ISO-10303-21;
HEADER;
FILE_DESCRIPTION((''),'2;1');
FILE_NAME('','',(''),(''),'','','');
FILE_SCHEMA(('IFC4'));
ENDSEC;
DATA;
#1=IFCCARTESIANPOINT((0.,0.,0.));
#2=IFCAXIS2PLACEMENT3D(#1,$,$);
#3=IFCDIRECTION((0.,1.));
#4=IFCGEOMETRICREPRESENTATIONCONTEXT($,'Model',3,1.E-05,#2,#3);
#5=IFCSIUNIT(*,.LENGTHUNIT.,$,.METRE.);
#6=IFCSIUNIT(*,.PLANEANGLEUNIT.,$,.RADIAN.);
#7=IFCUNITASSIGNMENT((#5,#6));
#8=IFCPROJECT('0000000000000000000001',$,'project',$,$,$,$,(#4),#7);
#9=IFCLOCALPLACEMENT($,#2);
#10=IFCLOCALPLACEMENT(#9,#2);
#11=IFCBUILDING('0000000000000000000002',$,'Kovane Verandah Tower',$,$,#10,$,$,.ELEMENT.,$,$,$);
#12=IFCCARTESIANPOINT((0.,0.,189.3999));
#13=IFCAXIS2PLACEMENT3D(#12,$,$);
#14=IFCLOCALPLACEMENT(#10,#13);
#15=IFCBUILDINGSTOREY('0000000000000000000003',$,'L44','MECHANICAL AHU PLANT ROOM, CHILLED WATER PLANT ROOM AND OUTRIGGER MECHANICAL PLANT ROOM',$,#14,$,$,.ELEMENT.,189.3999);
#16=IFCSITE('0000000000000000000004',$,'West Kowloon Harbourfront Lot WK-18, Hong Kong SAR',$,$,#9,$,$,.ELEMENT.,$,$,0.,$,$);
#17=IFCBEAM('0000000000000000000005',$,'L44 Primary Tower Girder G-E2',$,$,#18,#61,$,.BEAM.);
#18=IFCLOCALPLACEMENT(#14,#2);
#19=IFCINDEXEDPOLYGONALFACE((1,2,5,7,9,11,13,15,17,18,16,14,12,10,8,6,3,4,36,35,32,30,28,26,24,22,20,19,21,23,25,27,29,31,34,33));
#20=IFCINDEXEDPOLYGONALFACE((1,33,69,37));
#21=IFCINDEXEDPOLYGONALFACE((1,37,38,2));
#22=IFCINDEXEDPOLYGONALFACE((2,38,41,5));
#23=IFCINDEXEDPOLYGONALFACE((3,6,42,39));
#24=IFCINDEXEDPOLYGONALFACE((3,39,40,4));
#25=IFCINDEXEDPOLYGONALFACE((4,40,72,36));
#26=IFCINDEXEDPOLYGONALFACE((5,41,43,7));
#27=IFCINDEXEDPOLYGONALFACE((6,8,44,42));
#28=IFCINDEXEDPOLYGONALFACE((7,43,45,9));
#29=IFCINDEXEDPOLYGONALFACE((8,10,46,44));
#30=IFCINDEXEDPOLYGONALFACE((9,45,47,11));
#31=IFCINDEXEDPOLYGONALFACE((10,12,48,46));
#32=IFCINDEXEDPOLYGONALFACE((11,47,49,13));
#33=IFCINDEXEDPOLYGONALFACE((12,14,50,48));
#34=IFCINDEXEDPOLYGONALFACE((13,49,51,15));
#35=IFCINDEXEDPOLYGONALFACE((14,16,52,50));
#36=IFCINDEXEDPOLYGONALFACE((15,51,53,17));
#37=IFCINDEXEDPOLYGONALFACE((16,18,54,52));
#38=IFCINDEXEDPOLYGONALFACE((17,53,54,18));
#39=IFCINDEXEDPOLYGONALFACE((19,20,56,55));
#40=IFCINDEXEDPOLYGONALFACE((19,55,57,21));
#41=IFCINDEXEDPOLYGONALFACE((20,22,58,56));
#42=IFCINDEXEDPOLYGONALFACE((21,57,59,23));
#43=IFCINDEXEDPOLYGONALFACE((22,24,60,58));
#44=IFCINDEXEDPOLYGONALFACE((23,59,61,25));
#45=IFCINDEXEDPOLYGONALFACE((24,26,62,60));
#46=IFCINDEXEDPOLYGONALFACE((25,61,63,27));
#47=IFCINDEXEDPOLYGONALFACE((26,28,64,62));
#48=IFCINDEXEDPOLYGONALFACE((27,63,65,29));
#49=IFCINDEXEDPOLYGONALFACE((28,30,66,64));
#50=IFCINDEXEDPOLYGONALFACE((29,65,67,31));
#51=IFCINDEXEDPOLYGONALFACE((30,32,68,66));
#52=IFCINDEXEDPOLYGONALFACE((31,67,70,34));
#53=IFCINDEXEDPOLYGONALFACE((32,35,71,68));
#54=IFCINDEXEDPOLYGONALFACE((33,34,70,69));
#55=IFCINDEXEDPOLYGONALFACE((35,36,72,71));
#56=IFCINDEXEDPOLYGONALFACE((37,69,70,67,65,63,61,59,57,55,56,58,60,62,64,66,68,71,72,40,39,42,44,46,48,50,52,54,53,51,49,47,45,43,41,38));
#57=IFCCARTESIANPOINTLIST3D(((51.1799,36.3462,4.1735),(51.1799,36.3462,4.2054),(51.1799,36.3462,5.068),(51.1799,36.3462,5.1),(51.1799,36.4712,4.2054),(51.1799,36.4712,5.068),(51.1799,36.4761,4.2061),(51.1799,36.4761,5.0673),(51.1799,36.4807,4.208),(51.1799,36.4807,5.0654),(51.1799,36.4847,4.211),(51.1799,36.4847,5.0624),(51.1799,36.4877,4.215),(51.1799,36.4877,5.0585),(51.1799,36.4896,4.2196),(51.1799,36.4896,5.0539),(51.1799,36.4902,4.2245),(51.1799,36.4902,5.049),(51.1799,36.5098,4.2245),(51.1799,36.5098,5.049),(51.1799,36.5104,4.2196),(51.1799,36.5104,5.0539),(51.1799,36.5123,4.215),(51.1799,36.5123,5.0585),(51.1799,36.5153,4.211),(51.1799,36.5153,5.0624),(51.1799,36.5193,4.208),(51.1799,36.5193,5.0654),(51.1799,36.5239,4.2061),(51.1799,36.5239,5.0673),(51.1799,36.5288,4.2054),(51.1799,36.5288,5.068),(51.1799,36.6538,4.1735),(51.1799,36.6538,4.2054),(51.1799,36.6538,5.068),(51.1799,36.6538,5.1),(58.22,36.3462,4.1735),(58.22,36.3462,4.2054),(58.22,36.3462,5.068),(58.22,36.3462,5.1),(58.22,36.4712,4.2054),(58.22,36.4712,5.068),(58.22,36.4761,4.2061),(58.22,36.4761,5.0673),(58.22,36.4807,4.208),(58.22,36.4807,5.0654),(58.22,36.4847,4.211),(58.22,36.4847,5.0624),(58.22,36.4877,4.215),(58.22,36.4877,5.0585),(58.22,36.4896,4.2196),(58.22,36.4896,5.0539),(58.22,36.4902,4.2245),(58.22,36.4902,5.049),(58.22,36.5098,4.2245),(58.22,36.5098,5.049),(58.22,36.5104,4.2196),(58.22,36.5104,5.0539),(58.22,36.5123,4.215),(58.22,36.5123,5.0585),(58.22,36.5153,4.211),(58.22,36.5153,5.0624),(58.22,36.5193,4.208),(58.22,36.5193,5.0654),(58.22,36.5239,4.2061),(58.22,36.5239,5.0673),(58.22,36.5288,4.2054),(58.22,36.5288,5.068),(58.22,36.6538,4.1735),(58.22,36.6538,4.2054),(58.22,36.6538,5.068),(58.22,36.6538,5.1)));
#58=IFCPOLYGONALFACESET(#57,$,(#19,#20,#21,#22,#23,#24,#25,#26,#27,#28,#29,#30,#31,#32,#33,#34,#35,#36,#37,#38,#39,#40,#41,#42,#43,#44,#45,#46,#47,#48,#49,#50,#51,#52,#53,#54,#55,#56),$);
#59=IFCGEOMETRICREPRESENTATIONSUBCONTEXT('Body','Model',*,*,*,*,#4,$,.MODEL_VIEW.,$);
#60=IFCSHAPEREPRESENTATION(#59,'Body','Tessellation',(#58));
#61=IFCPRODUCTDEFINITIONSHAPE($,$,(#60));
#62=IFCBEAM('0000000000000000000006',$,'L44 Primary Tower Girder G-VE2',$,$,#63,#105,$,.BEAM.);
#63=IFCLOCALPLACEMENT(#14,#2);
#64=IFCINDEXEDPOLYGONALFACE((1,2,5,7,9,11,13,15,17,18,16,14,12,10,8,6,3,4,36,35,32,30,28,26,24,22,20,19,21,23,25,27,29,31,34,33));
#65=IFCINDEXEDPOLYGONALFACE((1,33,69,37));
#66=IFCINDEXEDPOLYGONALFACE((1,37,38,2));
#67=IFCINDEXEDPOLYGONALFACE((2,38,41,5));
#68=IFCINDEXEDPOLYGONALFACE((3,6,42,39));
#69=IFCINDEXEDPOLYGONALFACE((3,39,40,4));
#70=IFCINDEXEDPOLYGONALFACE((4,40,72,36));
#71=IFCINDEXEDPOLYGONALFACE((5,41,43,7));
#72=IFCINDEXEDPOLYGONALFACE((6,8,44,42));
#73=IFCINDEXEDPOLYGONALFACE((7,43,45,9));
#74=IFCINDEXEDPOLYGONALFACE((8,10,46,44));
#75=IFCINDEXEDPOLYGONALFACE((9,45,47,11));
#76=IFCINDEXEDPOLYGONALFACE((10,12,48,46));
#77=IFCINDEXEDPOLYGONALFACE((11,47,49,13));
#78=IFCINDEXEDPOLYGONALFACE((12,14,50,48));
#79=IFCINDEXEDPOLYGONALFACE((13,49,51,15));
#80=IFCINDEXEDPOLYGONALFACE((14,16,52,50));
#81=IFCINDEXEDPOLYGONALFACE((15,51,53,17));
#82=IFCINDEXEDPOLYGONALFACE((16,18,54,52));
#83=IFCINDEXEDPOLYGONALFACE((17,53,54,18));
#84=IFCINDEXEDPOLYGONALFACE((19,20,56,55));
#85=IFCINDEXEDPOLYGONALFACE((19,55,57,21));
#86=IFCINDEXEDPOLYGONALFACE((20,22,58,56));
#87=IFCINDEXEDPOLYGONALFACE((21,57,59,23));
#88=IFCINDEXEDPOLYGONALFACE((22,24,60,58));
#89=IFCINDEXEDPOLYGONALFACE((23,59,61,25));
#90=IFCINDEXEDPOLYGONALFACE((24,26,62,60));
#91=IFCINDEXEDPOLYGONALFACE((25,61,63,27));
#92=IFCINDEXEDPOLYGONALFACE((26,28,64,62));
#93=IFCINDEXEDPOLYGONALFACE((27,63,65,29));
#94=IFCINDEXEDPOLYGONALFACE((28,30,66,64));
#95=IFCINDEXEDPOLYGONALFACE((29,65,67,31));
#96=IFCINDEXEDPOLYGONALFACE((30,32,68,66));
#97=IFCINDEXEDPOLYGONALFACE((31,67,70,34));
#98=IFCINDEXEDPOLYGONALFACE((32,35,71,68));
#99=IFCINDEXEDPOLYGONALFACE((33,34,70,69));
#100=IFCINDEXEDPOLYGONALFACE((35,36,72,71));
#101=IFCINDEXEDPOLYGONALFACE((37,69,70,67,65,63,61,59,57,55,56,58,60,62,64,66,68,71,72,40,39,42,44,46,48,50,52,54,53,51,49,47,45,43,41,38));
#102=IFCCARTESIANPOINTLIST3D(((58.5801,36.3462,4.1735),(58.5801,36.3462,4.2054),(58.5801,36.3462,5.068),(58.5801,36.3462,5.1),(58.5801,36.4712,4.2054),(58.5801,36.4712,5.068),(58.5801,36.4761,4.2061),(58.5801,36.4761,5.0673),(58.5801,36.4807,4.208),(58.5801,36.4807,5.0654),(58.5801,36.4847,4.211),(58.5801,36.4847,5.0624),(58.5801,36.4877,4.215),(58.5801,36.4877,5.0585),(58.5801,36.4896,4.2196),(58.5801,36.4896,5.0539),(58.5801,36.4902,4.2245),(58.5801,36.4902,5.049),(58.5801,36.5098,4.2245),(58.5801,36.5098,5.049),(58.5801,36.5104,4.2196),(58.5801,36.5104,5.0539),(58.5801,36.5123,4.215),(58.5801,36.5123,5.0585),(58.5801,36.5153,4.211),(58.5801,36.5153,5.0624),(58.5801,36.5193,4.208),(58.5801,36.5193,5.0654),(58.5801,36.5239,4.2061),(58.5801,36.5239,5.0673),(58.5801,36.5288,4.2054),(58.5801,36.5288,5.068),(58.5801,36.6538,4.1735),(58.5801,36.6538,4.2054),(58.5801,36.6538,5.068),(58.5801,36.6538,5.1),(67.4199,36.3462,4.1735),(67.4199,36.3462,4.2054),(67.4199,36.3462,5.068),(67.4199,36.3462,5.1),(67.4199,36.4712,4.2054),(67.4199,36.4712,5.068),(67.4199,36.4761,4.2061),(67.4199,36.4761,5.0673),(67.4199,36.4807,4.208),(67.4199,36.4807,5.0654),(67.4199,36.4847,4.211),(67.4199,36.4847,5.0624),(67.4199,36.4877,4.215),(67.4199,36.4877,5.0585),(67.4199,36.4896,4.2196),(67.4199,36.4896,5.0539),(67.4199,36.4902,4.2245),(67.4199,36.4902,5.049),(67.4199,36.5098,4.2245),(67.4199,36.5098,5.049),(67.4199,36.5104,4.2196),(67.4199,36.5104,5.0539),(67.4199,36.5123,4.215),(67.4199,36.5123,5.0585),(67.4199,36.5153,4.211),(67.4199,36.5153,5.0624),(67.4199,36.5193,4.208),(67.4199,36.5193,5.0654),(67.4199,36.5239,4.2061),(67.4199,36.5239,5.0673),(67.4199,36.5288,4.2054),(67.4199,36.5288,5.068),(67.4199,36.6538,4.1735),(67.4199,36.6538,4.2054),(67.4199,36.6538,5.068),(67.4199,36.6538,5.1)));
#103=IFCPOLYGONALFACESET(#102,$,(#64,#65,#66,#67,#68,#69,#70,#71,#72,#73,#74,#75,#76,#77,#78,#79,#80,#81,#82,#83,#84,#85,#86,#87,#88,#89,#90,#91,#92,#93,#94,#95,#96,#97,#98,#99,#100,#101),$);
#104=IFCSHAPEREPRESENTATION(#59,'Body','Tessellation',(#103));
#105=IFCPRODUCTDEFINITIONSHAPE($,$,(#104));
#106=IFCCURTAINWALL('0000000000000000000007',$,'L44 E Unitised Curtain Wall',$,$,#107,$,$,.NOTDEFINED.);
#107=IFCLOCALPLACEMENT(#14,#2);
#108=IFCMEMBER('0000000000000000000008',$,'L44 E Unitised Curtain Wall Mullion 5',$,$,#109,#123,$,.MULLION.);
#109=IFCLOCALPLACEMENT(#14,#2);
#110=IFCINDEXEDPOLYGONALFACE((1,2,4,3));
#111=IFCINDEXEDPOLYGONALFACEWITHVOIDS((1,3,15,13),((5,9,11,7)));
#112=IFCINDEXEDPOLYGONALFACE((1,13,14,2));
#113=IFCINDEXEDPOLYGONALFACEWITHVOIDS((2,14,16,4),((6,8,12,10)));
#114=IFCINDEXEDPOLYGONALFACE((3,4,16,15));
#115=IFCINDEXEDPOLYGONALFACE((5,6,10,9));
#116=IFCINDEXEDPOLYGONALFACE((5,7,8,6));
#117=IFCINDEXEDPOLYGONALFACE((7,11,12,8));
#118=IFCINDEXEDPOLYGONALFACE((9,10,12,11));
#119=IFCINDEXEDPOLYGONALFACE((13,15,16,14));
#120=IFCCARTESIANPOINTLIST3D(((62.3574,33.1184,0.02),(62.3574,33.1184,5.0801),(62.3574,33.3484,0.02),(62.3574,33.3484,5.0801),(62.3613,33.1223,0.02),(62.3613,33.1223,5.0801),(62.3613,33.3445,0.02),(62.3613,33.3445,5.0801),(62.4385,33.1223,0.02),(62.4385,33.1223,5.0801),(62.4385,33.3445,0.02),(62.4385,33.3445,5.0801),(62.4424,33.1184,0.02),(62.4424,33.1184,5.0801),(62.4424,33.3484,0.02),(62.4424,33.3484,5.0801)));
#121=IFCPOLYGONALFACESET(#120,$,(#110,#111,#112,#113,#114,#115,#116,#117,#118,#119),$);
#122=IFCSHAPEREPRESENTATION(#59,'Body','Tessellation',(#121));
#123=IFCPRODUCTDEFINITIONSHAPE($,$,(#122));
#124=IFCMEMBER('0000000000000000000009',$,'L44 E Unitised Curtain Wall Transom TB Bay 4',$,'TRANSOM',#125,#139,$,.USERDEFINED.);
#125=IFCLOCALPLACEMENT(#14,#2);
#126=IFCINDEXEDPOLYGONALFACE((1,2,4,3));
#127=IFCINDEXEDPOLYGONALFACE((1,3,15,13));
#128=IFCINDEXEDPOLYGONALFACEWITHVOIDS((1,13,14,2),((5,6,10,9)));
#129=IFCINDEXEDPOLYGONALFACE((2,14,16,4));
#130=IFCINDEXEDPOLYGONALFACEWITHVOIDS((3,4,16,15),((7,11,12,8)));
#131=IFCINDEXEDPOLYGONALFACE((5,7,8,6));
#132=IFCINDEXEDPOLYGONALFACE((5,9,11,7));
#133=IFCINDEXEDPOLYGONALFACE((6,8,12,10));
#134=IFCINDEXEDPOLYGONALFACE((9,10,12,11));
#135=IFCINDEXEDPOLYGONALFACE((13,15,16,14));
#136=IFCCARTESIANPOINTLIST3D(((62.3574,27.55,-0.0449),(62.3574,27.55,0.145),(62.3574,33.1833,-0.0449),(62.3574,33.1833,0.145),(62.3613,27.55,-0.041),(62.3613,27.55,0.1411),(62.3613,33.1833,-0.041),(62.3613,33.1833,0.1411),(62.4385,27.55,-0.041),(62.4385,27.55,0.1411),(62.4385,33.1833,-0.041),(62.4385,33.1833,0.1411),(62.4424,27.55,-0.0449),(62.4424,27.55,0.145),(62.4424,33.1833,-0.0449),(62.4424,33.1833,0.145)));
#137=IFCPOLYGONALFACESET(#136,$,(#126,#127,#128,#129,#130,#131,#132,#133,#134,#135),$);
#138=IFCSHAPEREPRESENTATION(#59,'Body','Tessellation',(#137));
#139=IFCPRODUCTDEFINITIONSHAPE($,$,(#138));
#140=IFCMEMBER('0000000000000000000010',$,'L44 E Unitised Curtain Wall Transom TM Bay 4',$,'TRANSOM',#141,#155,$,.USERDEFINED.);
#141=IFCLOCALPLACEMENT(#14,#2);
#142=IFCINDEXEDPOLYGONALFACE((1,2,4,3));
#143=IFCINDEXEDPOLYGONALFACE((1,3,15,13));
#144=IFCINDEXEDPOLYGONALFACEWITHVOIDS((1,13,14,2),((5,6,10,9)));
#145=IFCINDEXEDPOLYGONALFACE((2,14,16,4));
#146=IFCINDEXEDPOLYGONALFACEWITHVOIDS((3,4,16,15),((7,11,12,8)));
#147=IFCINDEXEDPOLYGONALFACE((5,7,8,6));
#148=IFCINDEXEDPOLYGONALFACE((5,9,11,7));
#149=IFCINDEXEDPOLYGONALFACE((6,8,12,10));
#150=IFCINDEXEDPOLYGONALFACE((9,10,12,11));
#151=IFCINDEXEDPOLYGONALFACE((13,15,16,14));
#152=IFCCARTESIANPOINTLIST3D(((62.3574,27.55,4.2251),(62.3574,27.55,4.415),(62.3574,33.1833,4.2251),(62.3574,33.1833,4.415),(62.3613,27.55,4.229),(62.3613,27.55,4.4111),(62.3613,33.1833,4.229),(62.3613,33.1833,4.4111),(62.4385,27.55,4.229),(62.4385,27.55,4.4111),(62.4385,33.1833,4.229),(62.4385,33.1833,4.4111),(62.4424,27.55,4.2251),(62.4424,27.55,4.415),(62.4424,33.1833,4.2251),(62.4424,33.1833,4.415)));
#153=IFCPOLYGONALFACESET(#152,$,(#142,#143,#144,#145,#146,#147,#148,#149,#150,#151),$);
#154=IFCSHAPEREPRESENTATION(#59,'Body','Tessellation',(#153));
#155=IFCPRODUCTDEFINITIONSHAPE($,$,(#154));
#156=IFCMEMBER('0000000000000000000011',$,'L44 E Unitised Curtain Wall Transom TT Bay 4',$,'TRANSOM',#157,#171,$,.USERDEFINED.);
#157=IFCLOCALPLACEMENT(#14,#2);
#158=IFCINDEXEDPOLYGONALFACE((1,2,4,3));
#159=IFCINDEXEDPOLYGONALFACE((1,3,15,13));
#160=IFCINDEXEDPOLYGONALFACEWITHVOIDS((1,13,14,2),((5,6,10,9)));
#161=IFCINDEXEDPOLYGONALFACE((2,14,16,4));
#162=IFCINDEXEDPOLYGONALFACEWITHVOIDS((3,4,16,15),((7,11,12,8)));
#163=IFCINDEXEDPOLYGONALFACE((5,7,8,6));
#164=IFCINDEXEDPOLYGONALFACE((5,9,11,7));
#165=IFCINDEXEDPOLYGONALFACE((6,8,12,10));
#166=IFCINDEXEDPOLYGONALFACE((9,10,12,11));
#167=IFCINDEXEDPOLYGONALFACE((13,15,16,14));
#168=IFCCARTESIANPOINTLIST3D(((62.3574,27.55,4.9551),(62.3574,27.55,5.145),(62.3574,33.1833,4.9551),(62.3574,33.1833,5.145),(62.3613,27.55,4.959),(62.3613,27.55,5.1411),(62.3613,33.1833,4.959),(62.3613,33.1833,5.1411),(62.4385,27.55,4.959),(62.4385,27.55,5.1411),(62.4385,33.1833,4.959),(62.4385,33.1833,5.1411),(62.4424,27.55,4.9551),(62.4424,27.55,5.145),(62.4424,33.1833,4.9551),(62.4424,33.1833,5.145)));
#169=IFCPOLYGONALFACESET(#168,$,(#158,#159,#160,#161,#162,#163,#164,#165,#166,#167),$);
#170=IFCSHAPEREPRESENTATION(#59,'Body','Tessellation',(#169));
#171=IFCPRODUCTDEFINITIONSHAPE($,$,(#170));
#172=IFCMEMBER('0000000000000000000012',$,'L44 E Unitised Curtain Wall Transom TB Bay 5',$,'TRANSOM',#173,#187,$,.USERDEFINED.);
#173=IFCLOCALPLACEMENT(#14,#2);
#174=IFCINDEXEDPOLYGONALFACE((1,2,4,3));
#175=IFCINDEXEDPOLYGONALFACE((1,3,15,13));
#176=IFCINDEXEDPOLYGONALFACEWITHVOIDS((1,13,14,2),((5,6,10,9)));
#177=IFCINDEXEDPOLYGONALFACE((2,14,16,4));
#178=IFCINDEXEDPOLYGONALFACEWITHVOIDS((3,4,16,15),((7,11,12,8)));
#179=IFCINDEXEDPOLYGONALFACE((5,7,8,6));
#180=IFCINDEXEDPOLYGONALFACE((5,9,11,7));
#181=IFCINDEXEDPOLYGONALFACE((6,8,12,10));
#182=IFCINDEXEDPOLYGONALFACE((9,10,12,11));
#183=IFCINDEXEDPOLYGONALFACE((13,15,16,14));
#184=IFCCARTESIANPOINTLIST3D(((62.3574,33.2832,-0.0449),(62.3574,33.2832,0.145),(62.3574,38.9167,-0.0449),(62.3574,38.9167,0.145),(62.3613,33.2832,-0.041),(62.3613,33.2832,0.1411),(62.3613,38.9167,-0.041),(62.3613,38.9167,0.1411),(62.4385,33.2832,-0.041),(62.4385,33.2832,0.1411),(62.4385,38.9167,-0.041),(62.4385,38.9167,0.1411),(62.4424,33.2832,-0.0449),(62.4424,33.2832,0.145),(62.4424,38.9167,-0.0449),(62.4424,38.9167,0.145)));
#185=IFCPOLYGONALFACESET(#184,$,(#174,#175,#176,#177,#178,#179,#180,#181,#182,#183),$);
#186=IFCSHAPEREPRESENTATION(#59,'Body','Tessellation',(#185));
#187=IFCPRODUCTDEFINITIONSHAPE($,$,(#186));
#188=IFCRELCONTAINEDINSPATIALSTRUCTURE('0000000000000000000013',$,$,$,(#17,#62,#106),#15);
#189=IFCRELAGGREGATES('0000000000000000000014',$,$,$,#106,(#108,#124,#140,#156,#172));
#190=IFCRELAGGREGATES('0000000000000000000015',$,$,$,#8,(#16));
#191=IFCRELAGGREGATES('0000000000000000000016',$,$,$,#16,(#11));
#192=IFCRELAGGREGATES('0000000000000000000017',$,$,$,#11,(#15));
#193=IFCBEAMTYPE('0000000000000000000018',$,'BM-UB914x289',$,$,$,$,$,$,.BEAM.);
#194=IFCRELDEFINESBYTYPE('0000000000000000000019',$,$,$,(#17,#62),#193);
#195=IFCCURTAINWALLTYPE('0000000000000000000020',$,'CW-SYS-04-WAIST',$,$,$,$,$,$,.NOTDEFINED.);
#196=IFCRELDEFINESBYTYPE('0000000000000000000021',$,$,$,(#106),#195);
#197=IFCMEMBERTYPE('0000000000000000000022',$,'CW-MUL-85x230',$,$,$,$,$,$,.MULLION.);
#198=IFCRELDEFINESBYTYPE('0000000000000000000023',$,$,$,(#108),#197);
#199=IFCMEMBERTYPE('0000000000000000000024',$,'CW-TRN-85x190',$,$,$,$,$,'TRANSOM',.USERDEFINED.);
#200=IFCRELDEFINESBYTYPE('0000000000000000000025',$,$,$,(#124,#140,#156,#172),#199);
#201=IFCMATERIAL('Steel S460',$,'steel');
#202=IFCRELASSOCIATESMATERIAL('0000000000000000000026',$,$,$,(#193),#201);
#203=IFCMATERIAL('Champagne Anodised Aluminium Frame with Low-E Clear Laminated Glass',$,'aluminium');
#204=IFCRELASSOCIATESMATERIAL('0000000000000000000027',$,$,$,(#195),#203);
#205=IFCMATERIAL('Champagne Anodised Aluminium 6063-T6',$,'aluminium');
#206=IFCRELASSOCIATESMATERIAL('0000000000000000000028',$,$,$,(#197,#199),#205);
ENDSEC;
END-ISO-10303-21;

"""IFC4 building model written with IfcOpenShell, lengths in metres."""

from ifc_helpers import new_model, si_unit, direction, frame, origin, origin_2d, place, context, subcontext, project, spatial, hollow_rectangle, i_section, extrude, material, material_profile, profile_set, type_object, element, aggregate, save


model = new_model("IFC4")

# Units and contexts
model_context = context("Model", 3, precision=1e-05, world=origin(), true_north=direction((0.0, 1.0)))
body_context = subcontext(model_context, "Body", "Model", "MODEL_VIEW")
ifc_project = project(units=[si_unit("LENGTHUNIT", "METRE"), si_unit("PLANEANGLEUNIT", "RADIAN")], contexts=[model_context])

# Site, building, storey
site_placement = place(None, origin())
site = spatial("IfcSite", under=ifc_project, at=site_placement, Name="West Kowloon Harbourfront Lot WK-18, Hong Kong SAR", CompositionType="ELEMENT", RefElevation=0.0)
building_placement = place(site_placement, origin())
building = spatial("IfcBuilding", under=site, at=building_placement, Name="Kovane Verandah Tower", CompositionType="ELEMENT")
storey_placement = place(building_placement, frame((0.0, 0.0, 189.3999)))
storey = spatial("IfcBuildingStorey", under=building, at=storey_placement, Name="L44", Description="MECHANICAL AHU PLANT ROOM, CHILLED WATER PLANT ROOM AND OUTRIGGER MECHANICAL PLANT ROOM", CompositionType="ELEMENT", Elevation=189.3999)

# Shared definitions
ifc_material_1 = material(Name="Steel S460", Category="steel")

# Beams
ifc_material_profile_1 = material_profile(ifc_material_1, i_section(OverallWidth=0.3076, OverallDepth=0.9265, WebThickness=0.0195, FlangeThickness=0.032, FilletRadius=0.019, at=origin_2d()), Name="UB914x305x289")
ifc_profile_set_1 = profile_set([ifc_material_profile_1], Name="Steel S460")
beam_type_1 = type_object("IfcBeamType", Name="BM-UB914x289", PredefinedType="BEAM", material=ifc_profile_set_1)
beam_1_placement = place(storey_placement, frame((51.1799, 36.5, 4.6367), z_axis=(1.0, 0.0, 0.0), x_axis=(0.0, 1.0, 0.0)))
element("IfcBeam", 1, at=beam_1_placement, inside=storey, type_object=beam_type_1, Name="L44 Primary Tower Girder G-E2", PredefinedType="BEAM", context=body_context, shape_type="SweptSolid", body=[
    extrude(i_section(OverallWidth=0.3076, OverallDepth=0.9265, WebThickness=0.0195, FlangeThickness=0.032, FilletRadius=0.019, at=origin_2d()), origin(), (0.0, 0.0, 1.0), 7.04),
])
beam_2_placement = place(storey_placement, frame((58.5801, 36.5, 4.6367), z_axis=(1.0, 0.0, 0.0), x_axis=(0.0, 1.0, 0.0)))
element("IfcBeam", 2, at=beam_2_placement, inside=storey, type_object=beam_type_1, Name="L44 Primary Tower Girder G-VE2", PredefinedType="BEAM", context=body_context, shape_type="SweptSolid", body=[
    extrude(i_section(OverallWidth=0.3076, OverallDepth=0.9265, WebThickness=0.0195, FlangeThickness=0.032, FilletRadius=0.019, at=origin_2d()), origin(), (0.0, 0.0, 1.0), 8.8398),
])

# Curtain wall, members
ifc_material_2 = material(Name="Champagne Anodised Aluminium Frame with Low-E Clear Laminated Glass", Category="aluminium")
curtain_wall_type = type_object("IfcCurtainWallType", Name="CW-SYS-04-WAIST", PredefinedType="NOTDEFINED", material=ifc_material_2)
curtain_wall_placement = place(storey_placement, origin())
curtain_wall = element("IfcCurtainWall", 3, at=curtain_wall_placement, inside=storey, type_object=curtain_wall_type, Name="L44 E Unitised Curtain Wall", PredefinedType="NOTDEFINED")
ifc_material_3 = material(Name="Champagne Anodised Aluminium 6063-T6", Category="aluminium")
ifc_material_profile_2 = material_profile(ifc_material_3, hollow_rectangle(XDim=0.085, YDim=0.23, WallThickness=0.0039, at=origin_2d()), Name="AL85x230x4")
ifc_profile_set_2 = profile_set([ifc_material_profile_2], Name="Champagne Anodised Aluminium 6063-T6")
member_type_1 = type_object("IfcMemberType", Name="CW-MUL-85x230", PredefinedType="MULLION", material=ifc_profile_set_2)
member_1_placement = place(storey_placement, frame((62.3999, 33.2334, 0.02), z_axis=(0.0, 0.0, 1.0), x_axis=(1.0, 0.0, 0.0)))
member_1 = element("IfcMember", 4, at=member_1_placement, type_object=member_type_1, Name="L44 E Unitised Curtain Wall Mullion 5", PredefinedType="MULLION", context=body_context, shape_type="SweptSolid", body=[
    extrude(hollow_rectangle(XDim=0.085, YDim=0.23, WallThickness=0.0039, at=origin_2d()), origin(), (0.0, 0.0, 1.0), 5.0601),
])
ifc_material_profile_3 = material_profile(ifc_material_3, hollow_rectangle(XDim=0.085, YDim=0.1899, WallThickness=0.0039, at=origin_2d()), Name="AL85x190x4")
ifc_profile_set_3 = profile_set([ifc_material_profile_3], Name="Champagne Anodised Aluminium 6063-T6")
member_type_2 = type_object("IfcMemberType", Name="CW-TRN-85x190", ElementType="TRANSOM", PredefinedType="USERDEFINED", material=ifc_profile_set_3)
member_2_placement = place(storey_placement, frame((62.3999, 27.55, 0.05), z_axis=(0.0, 1.0, 0.0), x_axis=(-1.0, 0.0, 0.0)))
member_2 = element("IfcMember", 5, at=member_2_placement, type_object=member_type_2, Name="L44 E Unitised Curtain Wall Transom TB Bay 4", ObjectType="TRANSOM", PredefinedType="USERDEFINED", context=body_context, shape_type="SweptSolid", body=[
    extrude(hollow_rectangle(XDim=0.085, YDim=0.1899, WallThickness=0.0039, at=origin_2d()), origin(), (0.0, 0.0, 1.0), 5.6333),
])
member_3_placement = place(storey_placement, frame((62.3999, 27.55, 4.3201), z_axis=(0.0, 1.0, 0.0), x_axis=(-1.0, 0.0, 0.0)))
member_3 = element("IfcMember", 6, at=member_3_placement, type_object=member_type_2, Name="L44 E Unitised Curtain Wall Transom TM Bay 4", ObjectType="TRANSOM", PredefinedType="USERDEFINED", context=body_context, shape_type="SweptSolid", body=[
    extrude(hollow_rectangle(XDim=0.085, YDim=0.1899, WallThickness=0.0039, at=origin_2d()), origin(), (0.0, 0.0, 1.0), 5.6333),
])
member_4_placement = place(storey_placement, frame((62.3999, 27.55, 5.05), z_axis=(0.0, 1.0, 0.0), x_axis=(-1.0, 0.0, 0.0)))
member_4 = element("IfcMember", 7, at=member_4_placement, type_object=member_type_2, Name="L44 E Unitised Curtain Wall Transom TT Bay 4", ObjectType="TRANSOM", PredefinedType="USERDEFINED", context=body_context, shape_type="SweptSolid", body=[
    extrude(hollow_rectangle(XDim=0.085, YDim=0.1899, WallThickness=0.0039, at=origin_2d()), origin(), (0.0, 0.0, 1.0), 5.6333),
])
member_5_placement = place(storey_placement, frame((62.3999, 33.2832, 0.05), z_axis=(0.0, 1.0, 0.0), x_axis=(-1.0, 0.0, 0.0)))
member_5 = element("IfcMember", 8, at=member_5_placement, type_object=member_type_2, Name="L44 E Unitised Curtain Wall Transom TB Bay 5", ObjectType="TRANSOM", PredefinedType="USERDEFINED", context=body_context, shape_type="SweptSolid", body=[
    extrude(hollow_rectangle(XDim=0.085, YDim=0.1899, WallThickness=0.0039, at=origin_2d()), origin(), (0.0, 0.0, 1.0), 5.6335),
])

aggregate(curtain_wall, [member_1, member_2, member_3, member_4, member_5])

save(model, "model.ifc")
